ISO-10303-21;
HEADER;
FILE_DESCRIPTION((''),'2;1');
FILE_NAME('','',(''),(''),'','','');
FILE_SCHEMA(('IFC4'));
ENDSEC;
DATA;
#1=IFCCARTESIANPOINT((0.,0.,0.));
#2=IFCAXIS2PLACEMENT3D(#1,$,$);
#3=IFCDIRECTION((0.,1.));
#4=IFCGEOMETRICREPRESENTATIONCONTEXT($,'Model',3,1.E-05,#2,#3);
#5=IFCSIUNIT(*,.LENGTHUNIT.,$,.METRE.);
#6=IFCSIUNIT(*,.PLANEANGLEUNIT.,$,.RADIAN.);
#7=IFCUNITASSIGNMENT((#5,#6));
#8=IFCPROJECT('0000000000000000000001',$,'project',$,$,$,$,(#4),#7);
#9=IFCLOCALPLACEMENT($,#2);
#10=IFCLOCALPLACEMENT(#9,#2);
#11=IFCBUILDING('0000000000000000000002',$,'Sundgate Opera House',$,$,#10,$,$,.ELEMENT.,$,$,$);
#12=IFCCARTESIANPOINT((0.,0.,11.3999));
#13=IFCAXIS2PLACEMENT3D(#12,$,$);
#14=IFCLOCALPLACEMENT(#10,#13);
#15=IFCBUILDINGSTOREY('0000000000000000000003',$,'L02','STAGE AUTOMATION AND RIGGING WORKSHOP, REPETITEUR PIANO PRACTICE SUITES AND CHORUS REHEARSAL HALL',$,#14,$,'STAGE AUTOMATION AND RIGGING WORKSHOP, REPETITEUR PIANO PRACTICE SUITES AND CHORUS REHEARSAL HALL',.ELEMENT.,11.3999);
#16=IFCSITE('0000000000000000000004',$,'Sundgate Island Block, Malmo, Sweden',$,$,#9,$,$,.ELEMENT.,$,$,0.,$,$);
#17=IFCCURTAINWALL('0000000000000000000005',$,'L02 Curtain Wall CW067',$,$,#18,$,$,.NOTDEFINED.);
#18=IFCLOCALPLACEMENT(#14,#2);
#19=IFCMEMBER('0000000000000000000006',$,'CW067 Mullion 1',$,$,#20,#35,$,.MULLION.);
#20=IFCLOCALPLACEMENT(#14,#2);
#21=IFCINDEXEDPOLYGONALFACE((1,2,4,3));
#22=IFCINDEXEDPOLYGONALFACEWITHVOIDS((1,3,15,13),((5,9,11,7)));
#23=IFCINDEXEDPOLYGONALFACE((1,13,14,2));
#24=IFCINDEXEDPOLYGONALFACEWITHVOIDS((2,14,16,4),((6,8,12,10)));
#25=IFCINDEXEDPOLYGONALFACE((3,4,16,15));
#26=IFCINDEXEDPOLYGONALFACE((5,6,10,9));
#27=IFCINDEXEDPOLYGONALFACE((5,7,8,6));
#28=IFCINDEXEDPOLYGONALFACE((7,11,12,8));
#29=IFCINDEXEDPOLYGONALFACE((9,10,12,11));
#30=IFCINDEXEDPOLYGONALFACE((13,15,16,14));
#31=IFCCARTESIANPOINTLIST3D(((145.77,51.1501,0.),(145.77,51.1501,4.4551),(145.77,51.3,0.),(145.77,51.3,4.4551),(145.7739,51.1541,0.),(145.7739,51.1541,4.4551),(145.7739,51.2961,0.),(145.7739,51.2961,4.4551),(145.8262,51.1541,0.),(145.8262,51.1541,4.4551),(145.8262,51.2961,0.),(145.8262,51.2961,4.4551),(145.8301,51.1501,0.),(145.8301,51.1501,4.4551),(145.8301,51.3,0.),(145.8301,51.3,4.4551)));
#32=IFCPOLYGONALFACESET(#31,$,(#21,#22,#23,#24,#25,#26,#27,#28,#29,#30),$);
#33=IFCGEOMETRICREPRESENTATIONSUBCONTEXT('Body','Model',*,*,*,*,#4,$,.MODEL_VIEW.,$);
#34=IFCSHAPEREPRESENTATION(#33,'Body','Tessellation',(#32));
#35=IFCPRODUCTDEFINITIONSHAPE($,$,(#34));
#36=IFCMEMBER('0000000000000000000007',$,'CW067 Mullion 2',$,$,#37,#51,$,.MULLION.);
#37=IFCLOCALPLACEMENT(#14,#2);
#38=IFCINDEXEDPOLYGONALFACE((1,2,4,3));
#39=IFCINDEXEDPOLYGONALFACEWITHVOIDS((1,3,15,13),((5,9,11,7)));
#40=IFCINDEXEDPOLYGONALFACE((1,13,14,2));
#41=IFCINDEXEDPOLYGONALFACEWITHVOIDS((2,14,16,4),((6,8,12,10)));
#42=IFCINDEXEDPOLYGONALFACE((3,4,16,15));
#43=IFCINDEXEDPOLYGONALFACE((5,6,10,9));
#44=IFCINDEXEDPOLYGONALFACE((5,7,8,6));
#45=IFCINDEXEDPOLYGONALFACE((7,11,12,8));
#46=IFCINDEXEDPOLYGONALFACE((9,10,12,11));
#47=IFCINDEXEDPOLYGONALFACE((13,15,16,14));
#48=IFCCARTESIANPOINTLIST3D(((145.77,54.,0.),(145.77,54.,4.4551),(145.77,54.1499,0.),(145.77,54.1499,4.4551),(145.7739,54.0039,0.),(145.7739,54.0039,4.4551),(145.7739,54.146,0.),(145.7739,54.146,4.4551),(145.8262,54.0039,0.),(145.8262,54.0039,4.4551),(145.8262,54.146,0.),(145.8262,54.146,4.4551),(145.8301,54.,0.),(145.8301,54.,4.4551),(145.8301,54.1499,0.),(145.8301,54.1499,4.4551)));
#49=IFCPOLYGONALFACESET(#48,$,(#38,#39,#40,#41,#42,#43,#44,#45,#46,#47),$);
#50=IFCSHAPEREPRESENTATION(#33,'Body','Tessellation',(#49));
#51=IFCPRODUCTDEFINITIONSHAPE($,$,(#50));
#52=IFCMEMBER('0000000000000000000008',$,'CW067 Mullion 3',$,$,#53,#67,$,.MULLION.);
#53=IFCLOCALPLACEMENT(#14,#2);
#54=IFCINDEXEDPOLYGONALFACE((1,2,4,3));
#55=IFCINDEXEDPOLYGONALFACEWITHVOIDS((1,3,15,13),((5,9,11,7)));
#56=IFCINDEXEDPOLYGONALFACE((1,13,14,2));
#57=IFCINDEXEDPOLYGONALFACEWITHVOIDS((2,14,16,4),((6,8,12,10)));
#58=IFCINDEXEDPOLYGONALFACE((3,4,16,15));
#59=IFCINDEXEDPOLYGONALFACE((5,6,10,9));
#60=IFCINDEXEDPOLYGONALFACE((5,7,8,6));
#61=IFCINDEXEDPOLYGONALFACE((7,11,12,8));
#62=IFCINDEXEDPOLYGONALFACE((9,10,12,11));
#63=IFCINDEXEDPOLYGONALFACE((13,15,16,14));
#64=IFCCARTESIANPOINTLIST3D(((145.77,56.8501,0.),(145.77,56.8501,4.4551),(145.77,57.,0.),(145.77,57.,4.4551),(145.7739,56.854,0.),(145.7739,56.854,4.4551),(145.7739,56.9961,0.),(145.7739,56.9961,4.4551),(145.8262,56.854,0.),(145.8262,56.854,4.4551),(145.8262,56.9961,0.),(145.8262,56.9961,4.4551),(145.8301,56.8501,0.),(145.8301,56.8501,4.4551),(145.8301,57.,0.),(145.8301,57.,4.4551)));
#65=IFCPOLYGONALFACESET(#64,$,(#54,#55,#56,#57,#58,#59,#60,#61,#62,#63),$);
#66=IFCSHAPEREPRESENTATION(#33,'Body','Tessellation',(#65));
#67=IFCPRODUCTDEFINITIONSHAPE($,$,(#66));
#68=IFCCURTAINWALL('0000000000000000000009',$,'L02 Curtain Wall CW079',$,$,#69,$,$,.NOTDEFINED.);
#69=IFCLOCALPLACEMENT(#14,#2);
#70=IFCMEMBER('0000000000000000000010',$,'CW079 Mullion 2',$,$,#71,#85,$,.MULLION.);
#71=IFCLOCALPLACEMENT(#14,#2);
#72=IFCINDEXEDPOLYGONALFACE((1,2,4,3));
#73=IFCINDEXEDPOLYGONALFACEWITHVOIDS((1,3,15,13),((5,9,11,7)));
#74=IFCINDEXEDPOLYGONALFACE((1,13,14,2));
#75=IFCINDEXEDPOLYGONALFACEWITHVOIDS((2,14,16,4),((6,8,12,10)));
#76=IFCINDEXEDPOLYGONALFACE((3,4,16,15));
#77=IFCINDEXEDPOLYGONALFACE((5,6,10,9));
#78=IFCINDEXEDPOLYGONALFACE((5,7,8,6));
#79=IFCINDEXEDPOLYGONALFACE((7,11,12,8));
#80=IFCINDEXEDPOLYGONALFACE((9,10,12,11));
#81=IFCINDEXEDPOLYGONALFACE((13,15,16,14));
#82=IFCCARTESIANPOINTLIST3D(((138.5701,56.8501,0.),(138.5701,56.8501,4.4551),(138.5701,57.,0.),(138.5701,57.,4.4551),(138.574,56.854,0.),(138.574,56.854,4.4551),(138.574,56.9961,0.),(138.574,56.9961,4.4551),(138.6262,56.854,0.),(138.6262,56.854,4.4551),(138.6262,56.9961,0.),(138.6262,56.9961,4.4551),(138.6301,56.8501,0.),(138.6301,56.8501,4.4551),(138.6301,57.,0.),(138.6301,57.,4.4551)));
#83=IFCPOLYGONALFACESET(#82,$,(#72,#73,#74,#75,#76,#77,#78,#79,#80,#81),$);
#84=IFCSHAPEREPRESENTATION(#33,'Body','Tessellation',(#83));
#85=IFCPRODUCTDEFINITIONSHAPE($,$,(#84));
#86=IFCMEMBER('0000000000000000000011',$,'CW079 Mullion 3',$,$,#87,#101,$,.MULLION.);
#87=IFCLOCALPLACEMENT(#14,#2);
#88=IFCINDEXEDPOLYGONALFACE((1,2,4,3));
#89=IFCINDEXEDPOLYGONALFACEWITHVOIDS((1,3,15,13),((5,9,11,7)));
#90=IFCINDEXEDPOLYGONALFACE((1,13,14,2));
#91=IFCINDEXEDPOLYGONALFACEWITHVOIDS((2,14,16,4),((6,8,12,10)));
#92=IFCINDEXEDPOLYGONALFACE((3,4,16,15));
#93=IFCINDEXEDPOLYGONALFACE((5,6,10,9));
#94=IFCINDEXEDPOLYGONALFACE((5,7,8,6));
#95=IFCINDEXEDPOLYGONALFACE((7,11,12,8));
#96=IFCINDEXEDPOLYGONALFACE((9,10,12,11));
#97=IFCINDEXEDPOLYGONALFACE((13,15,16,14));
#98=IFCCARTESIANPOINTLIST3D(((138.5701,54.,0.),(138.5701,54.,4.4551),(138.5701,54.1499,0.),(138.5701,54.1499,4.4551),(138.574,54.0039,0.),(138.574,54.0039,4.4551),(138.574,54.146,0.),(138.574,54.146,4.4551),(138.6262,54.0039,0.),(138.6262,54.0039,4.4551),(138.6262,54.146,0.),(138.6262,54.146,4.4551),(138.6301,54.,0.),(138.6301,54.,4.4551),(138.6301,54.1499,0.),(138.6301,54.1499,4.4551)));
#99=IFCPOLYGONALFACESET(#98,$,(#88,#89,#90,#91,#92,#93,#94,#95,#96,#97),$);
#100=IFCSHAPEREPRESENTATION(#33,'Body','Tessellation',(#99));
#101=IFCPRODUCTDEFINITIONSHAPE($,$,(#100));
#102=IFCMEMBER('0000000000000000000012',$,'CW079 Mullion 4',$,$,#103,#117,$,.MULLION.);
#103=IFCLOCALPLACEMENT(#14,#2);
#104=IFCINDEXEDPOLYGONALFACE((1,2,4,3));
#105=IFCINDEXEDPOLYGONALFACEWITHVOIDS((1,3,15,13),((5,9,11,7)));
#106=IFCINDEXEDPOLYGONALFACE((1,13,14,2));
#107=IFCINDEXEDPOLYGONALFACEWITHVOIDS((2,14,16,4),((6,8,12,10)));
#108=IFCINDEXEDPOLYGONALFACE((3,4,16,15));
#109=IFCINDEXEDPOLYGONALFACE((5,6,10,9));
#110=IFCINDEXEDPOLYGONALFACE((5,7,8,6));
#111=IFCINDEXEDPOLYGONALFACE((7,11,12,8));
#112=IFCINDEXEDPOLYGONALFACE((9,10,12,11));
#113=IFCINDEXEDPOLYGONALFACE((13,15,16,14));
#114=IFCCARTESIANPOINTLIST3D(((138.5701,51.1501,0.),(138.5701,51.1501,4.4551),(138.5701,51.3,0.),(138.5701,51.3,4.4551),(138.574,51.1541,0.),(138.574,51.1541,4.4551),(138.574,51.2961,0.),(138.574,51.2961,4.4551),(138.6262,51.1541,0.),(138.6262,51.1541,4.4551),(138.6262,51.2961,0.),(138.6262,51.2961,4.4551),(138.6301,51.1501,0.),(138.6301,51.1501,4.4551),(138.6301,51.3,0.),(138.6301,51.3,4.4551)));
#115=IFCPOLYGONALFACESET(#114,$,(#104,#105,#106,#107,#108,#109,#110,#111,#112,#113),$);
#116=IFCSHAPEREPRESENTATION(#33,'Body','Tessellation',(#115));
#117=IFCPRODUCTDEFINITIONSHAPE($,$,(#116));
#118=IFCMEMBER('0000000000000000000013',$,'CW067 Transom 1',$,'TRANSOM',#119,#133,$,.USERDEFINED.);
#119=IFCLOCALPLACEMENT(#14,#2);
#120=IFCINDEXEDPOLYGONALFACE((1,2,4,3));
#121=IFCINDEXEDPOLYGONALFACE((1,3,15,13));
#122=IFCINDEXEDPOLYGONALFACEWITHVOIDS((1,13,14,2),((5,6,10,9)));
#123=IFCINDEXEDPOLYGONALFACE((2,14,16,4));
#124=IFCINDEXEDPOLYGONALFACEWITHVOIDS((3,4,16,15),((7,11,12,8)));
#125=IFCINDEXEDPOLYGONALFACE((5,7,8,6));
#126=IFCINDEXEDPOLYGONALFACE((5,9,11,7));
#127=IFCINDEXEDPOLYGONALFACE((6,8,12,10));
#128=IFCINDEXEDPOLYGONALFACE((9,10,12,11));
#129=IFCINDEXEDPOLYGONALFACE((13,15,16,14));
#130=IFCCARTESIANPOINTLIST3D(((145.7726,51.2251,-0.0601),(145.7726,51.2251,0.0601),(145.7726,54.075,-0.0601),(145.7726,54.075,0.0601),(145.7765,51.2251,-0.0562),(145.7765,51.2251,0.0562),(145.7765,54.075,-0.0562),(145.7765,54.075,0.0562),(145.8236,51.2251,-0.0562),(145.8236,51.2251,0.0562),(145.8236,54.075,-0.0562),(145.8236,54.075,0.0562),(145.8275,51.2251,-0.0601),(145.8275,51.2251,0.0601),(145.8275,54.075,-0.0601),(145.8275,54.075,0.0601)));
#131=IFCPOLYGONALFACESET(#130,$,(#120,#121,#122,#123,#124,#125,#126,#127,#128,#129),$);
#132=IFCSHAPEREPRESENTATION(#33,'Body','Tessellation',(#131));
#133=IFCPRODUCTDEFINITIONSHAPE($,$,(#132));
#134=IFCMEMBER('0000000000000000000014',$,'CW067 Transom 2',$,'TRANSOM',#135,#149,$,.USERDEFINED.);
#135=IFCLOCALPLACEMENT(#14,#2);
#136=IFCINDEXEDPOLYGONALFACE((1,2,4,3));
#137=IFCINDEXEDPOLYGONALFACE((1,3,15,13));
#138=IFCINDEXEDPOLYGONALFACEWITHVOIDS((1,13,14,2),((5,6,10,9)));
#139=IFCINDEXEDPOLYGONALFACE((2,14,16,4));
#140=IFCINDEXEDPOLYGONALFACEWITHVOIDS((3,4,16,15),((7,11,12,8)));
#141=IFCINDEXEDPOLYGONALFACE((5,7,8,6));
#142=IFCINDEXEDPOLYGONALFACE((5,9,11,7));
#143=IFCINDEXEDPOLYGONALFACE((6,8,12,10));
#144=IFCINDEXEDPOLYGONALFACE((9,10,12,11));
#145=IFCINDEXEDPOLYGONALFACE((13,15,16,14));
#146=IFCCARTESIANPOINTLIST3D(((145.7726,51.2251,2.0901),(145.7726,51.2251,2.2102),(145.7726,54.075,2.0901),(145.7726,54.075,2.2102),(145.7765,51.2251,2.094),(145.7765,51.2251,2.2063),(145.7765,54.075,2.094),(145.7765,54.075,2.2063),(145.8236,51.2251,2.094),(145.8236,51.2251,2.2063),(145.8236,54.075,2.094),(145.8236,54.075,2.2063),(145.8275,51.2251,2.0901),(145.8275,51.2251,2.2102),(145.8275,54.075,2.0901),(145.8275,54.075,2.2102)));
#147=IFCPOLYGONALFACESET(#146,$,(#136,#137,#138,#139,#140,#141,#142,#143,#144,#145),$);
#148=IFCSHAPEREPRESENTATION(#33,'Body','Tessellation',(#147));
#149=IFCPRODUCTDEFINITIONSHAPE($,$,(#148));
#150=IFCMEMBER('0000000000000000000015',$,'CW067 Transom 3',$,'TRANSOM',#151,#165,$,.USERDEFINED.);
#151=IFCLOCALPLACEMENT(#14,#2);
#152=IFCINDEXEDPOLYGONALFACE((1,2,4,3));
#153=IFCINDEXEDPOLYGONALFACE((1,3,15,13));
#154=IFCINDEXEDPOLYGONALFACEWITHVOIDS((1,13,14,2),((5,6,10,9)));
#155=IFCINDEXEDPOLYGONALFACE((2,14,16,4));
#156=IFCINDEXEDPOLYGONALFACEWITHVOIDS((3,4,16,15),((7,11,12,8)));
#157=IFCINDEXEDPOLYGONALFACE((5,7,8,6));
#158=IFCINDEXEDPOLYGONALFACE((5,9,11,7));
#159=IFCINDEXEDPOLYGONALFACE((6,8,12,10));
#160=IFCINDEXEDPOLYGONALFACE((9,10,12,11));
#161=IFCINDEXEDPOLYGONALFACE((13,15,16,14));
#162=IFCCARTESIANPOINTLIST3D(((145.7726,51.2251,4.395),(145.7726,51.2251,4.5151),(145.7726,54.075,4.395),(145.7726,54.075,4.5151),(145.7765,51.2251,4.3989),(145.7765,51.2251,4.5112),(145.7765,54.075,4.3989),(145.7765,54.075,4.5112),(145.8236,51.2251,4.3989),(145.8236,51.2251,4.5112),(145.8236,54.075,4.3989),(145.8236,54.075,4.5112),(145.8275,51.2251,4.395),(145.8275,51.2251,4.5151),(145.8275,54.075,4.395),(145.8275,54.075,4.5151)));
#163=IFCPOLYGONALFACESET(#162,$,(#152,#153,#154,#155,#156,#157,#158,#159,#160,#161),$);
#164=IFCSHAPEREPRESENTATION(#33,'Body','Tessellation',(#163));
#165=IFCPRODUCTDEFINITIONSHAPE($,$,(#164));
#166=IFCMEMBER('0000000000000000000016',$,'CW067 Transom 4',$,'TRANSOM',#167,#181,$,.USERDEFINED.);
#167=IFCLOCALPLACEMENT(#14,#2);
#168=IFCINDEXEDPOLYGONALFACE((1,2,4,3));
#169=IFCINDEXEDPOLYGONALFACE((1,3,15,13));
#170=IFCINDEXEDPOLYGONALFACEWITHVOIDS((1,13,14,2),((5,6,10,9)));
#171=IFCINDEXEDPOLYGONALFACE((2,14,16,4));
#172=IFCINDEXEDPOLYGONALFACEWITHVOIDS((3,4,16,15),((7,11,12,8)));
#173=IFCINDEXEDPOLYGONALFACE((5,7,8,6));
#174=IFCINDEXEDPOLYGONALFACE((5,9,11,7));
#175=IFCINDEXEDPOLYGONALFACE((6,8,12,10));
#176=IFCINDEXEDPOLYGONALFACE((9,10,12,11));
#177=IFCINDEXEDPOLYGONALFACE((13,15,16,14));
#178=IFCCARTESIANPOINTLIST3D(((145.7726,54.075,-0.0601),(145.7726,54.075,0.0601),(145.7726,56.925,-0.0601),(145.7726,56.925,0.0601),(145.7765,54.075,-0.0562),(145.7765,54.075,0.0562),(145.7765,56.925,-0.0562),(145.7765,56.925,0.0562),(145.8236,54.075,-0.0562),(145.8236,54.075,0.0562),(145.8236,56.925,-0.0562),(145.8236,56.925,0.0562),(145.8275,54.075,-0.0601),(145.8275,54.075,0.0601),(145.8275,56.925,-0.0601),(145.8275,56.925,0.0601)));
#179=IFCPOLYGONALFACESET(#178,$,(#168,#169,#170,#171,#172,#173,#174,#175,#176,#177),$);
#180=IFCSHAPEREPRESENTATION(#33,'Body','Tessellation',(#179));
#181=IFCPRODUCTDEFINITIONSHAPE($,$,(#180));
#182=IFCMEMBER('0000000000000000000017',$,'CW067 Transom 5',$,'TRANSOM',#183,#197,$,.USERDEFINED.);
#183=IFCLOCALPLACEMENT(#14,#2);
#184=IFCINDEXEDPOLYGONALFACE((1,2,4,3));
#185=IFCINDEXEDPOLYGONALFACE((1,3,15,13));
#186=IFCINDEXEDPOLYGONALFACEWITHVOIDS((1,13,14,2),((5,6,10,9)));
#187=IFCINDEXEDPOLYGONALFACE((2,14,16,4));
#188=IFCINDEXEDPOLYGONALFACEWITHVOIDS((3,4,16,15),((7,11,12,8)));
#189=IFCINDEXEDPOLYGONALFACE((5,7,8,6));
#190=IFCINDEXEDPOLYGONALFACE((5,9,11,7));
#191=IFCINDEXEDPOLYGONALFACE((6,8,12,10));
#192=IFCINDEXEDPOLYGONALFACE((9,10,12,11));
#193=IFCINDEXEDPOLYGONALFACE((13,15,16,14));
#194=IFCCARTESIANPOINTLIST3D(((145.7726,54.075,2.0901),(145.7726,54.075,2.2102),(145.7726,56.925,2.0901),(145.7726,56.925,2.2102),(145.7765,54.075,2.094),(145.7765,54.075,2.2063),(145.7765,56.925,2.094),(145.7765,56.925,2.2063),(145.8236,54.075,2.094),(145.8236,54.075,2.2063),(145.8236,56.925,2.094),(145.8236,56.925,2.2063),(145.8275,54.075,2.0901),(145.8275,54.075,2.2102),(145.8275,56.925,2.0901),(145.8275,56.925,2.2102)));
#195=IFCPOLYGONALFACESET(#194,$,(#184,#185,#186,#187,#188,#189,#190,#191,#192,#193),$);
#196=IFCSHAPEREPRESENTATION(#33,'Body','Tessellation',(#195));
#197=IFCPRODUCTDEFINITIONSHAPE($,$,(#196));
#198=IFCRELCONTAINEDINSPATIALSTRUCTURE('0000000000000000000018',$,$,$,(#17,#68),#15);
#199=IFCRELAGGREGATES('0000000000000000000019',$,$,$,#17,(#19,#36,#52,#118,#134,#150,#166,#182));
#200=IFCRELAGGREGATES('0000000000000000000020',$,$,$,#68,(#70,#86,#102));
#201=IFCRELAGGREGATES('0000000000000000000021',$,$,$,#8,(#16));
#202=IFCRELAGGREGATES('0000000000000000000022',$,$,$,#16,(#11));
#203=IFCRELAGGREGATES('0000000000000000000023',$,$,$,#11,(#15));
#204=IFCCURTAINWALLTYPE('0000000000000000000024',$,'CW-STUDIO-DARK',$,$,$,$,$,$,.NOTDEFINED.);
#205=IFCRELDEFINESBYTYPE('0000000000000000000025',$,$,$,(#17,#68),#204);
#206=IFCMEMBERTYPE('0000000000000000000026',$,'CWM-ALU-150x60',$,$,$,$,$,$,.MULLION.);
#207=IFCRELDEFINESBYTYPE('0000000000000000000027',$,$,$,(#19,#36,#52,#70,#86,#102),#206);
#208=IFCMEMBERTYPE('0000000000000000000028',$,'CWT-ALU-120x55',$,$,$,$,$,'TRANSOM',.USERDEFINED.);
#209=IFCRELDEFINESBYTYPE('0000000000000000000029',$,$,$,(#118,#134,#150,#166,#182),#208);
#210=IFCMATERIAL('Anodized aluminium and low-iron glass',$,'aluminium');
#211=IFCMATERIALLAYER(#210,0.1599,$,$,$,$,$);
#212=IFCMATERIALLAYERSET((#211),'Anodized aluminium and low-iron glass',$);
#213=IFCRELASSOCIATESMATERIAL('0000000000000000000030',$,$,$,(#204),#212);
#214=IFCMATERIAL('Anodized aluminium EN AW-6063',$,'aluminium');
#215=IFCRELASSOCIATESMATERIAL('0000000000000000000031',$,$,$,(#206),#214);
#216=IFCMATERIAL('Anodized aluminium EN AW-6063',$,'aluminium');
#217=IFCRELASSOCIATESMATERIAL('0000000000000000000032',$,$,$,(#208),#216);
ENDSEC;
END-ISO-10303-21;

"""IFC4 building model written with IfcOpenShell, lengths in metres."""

from ifc_helpers import new_model, si_unit, direction, frame, origin, origin_2d, place, context, subcontext, project, spatial, hollow_rectangle, extrude, material, layer, layer_set, material_profile, profile_set, type_object, element, aggregate, save


model = new_model("IFC4")

# Units and contexts
model_context = context("Model", 3, precision=1e-05, world=origin(), true_north=direction((0.0, 1.0)))
body_context = subcontext(model_context, "Body", "Model", "MODEL_VIEW")
ifc_project = project(units=[si_unit("LENGTHUNIT", "METRE"), si_unit("PLANEANGLEUNIT", "RADIAN")], contexts=[model_context])

# Site, building, storey
site_placement = place(None, origin())
site = spatial("IfcSite", under=ifc_project, at=site_placement, Name="Sundgate Island Block, Malmo, Sweden", CompositionType="ELEMENT", RefElevation=0.0)
building_placement = place(site_placement, origin())
building = spatial("IfcBuilding", under=site, at=building_placement, Name="Sundgate Opera House", CompositionType="ELEMENT")
storey_placement = place(building_placement, frame((0.0, 0.0, 11.3999)))
storey = spatial("IfcBuildingStorey", under=building, at=storey_placement, Name="L02", Description="STAGE AUTOMATION AND RIGGING WORKSHOP, REPETITEUR PIANO PRACTICE SUITES AND CHORUS REHEARSAL HALL", LongName="STAGE AUTOMATION AND RIGGING WORKSHOP, REPETITEUR PIANO PRACTICE SUITES AND CHORUS REHEARSAL HALL", CompositionType="ELEMENT", Elevation=11.3999)

# Shared definitions
ifc_material_1 = material(Name="Anodized aluminium and low-iron glass", Category="aluminium")
ifc_layer_1 = layer(ifc_material_1, 0.1599)
ifc_layer_set_1 = layer_set([ifc_layer_1], Name="Anodized aluminium and low-iron glass")
curtain_wall_type = type_object("IfcCurtainWallType", Name="CW-STUDIO-DARK", PredefinedType="NOTDEFINED", material=ifc_layer_set_1)
ifc_material_2 = material(Name="Anodized aluminium EN AW-6063", Category="aluminium")
ifc_material_profile_1 = material_profile(ifc_material_2, hollow_rectangle(XDim=0.0601, YDim=0.1499, WallThickness=0.0039, at=origin_2d()), Name="CWM 150x60x4")
ifc_profile_set_1 = profile_set([ifc_material_profile_1], Name="Anodized aluminium EN AW-6063")
member_type_1 = type_object("IfcMemberType", Name="CWM-ALU-150x60", PredefinedType="MULLION", material=ifc_profile_set_1)

# Curtain walls, members
curtain_wall_1_placement = place(storey_placement, origin())
curtain_wall_1 = element("IfcCurtainWall", 1, at=curtain_wall_1_placement, inside=storey, type_object=curtain_wall_type, Name="L02 Curtain Wall CW067", PredefinedType="NOTDEFINED")
member_1_placement = place(storey_placement, frame((145.8, 51.2251, 0.0), z_axis=(0.0, 0.0, 1.0), x_axis=(1.0, 0.0, 0.0)))
member_1 = element("IfcMember", 2, at=member_1_placement, type_object=member_type_1, Name="CW067 Mullion 1", PredefinedType="MULLION", context=body_context, shape_type="SweptSolid", body=[
    extrude(hollow_rectangle(XDim=0.0601, YDim=0.1499, WallThickness=0.0039, at=origin_2d()), origin(), (0.0, 0.0, 1.0), 4.4551),
])
member_2_placement = place(storey_placement, frame((145.8, 54.075, 0.0), z_axis=(0.0, 0.0, 1.0), x_axis=(1.0, 0.0, 0.0)))
member_2 = element("IfcMember", 3, at=member_2_placement, type_object=member_type_1, Name="CW067 Mullion 2", PredefinedType="MULLION", context=body_context, shape_type="SweptSolid", body=[
    extrude(hollow_rectangle(XDim=0.0601, YDim=0.1499, WallThickness=0.0039, at=origin_2d()), origin(), (0.0, 0.0, 1.0), 4.4551),
])
member_3_placement = place(storey_placement, frame((145.8, 56.925, 0.0), z_axis=(0.0, 0.0, 1.0), x_axis=(1.0, 0.0, 0.0)))
member_3 = element("IfcMember", 4, at=member_3_placement, type_object=member_type_1, Name="CW067 Mullion 3", PredefinedType="MULLION", context=body_context, shape_type="SweptSolid", body=[
    extrude(hollow_rectangle(XDim=0.0601, YDim=0.1499, WallThickness=0.0039, at=origin_2d()), origin(), (0.0, 0.0, 1.0), 4.4551),
])
curtain_wall_2_placement = place(storey_placement, origin())
curtain_wall_2 = element("IfcCurtainWall", 5, at=curtain_wall_2_placement, inside=storey, type_object=curtain_wall_type, Name="L02 Curtain Wall CW079", PredefinedType="NOTDEFINED")
member_4_placement = place(storey_placement, frame((138.6001, 56.925, 0.0), z_axis=(0.0, 0.0, 1.0), x_axis=(1.0, 0.0, 0.0)))
member_4 = element("IfcMember", 6, at=member_4_placement, type_object=member_type_1, Name="CW079 Mullion 2", PredefinedType="MULLION", context=body_context, shape_type="SweptSolid", body=[
    extrude(hollow_rectangle(XDim=0.0601, YDim=0.1499, WallThickness=0.0039, at=origin_2d()), origin(), (0.0, 0.0, 1.0), 4.4551),
])
member_5_placement = place(storey_placement, frame((138.6001, 54.075, 0.0), z_axis=(0.0, 0.0, 1.0), x_axis=(1.0, 0.0, 0.0)))
member_5 = element("IfcMember", 7, at=member_5_placement, type_object=member_type_1, Name="CW079 Mullion 3", PredefinedType="MULLION", context=body_context, shape_type="SweptSolid", body=[
    extrude(hollow_rectangle(XDim=0.0601, YDim=0.1499, WallThickness=0.0039, at=origin_2d()), origin(), (0.0, 0.0, 1.0), 4.4551),
])
member_6_placement = place(storey_placement, frame((138.6001, 51.2251, 0.0), z_axis=(0.0, 0.0, 1.0), x_axis=(1.0, 0.0, 0.0)))
member_6 = element("IfcMember", 8, at=member_6_placement, type_object=member_type_1, Name="CW079 Mullion 4", PredefinedType="MULLION", context=body_context, shape_type="SweptSolid", body=[
    extrude(hollow_rectangle(XDim=0.0601, YDim=0.1499, WallThickness=0.0039, at=origin_2d()), origin(), (0.0, 0.0, 1.0), 4.4551),
])

# Members
ifc_material_3 = material(Name="Anodized aluminium EN AW-6063", Category="aluminium")
ifc_material_profile_2 = material_profile(ifc_material_3, hollow_rectangle(XDim=0.0549, YDim=0.1201, WallThickness=0.0039, at=origin_2d()), Name="CWT 120x55x4")
ifc_profile_set_2 = profile_set([ifc_material_profile_2], Name="Anodized aluminium EN AW-6063")
member_type_2 = type_object("IfcMemberType", Name="CWT-ALU-120x55", ElementType="TRANSOM", PredefinedType="USERDEFINED", material=ifc_profile_set_2)
member_7_placement = place(storey_placement, frame((145.8, 51.2251, 0.0), z_axis=(0.0, 1.0, 0.0), x_axis=(-1.0, 0.0, 0.0)))
member_7 = element("IfcMember", 9, at=member_7_placement, type_object=member_type_2, Name="CW067 Transom 1", ObjectType="TRANSOM", PredefinedType="USERDEFINED", context=body_context, shape_type="SweptSolid", body=[
    extrude(hollow_rectangle(XDim=0.0549, YDim=0.1201, WallThickness=0.0039, at=origin_2d()), origin(), (0.0, 0.0, 1.0), 2.8499),
])
member_8_placement = place(storey_placement, frame((145.8, 51.2251, 2.1501), z_axis=(0.0, 1.0, 0.0), x_axis=(-1.0, 0.0, 0.0)))
member_8 = element("IfcMember", 10, at=member_8_placement, type_object=member_type_2, Name="CW067 Transom 2", ObjectType="TRANSOM", PredefinedType="USERDEFINED", context=body_context, shape_type="SweptSolid", body=[
    extrude(hollow_rectangle(XDim=0.0549, YDim=0.1201, WallThickness=0.0039, at=origin_2d()), origin(), (0.0, 0.0, 1.0), 2.8499),
])
member_9_placement = place(storey_placement, frame((145.8, 51.2251, 4.4551), z_axis=(0.0, 1.0, 0.0), x_axis=(-1.0, 0.0, 0.0)))
member_9 = element("IfcMember", 11, at=member_9_placement, type_object=member_type_2, Name="CW067 Transom 3", ObjectType="TRANSOM", PredefinedType="USERDEFINED", context=body_context, shape_type="SweptSolid", body=[
    extrude(hollow_rectangle(XDim=0.0549, YDim=0.1201, WallThickness=0.0039, at=origin_2d()), origin(), (0.0, 0.0, 1.0), 2.8499),
])
member_10_placement = place(storey_placement, frame((145.8, 54.075, 0.0), z_axis=(0.0, 1.0, 0.0), x_axis=(-1.0, 0.0, 0.0)))
member_10 = element("IfcMember", 12, at=member_10_placement, type_object=member_type_2, Name="CW067 Transom 4", ObjectType="TRANSOM", PredefinedType="USERDEFINED", context=body_context, shape_type="SweptSolid", body=[
    extrude(hollow_rectangle(XDim=0.0549, YDim=0.1201, WallThickness=0.0039, at=origin_2d()), origin(), (0.0, 0.0, 1.0), 2.8501),
])
member_11_placement = place(storey_placement, frame((145.8, 54.075, 2.1501), z_axis=(0.0, 1.0, 0.0), x_axis=(-1.0, 0.0, 0.0)))
member_11 = element("IfcMember", 13, at=member_11_placement, type_object=member_type_2, Name="CW067 Transom 5", ObjectType="TRANSOM", PredefinedType="USERDEFINED", context=body_context, shape_type="SweptSolid", body=[
    extrude(hollow_rectangle(XDim=0.0549, YDim=0.1201, WallThickness=0.0039, at=origin_2d()), origin(), (0.0, 0.0, 1.0), 2.8501),
])

aggregate(curtain_wall_1, [member_1, member_2, member_3, member_7, member_8, member_9, member_10, member_11])
aggregate(curtain_wall_2, [member_4, member_5, member_6])

save(model, "model.ifc")
